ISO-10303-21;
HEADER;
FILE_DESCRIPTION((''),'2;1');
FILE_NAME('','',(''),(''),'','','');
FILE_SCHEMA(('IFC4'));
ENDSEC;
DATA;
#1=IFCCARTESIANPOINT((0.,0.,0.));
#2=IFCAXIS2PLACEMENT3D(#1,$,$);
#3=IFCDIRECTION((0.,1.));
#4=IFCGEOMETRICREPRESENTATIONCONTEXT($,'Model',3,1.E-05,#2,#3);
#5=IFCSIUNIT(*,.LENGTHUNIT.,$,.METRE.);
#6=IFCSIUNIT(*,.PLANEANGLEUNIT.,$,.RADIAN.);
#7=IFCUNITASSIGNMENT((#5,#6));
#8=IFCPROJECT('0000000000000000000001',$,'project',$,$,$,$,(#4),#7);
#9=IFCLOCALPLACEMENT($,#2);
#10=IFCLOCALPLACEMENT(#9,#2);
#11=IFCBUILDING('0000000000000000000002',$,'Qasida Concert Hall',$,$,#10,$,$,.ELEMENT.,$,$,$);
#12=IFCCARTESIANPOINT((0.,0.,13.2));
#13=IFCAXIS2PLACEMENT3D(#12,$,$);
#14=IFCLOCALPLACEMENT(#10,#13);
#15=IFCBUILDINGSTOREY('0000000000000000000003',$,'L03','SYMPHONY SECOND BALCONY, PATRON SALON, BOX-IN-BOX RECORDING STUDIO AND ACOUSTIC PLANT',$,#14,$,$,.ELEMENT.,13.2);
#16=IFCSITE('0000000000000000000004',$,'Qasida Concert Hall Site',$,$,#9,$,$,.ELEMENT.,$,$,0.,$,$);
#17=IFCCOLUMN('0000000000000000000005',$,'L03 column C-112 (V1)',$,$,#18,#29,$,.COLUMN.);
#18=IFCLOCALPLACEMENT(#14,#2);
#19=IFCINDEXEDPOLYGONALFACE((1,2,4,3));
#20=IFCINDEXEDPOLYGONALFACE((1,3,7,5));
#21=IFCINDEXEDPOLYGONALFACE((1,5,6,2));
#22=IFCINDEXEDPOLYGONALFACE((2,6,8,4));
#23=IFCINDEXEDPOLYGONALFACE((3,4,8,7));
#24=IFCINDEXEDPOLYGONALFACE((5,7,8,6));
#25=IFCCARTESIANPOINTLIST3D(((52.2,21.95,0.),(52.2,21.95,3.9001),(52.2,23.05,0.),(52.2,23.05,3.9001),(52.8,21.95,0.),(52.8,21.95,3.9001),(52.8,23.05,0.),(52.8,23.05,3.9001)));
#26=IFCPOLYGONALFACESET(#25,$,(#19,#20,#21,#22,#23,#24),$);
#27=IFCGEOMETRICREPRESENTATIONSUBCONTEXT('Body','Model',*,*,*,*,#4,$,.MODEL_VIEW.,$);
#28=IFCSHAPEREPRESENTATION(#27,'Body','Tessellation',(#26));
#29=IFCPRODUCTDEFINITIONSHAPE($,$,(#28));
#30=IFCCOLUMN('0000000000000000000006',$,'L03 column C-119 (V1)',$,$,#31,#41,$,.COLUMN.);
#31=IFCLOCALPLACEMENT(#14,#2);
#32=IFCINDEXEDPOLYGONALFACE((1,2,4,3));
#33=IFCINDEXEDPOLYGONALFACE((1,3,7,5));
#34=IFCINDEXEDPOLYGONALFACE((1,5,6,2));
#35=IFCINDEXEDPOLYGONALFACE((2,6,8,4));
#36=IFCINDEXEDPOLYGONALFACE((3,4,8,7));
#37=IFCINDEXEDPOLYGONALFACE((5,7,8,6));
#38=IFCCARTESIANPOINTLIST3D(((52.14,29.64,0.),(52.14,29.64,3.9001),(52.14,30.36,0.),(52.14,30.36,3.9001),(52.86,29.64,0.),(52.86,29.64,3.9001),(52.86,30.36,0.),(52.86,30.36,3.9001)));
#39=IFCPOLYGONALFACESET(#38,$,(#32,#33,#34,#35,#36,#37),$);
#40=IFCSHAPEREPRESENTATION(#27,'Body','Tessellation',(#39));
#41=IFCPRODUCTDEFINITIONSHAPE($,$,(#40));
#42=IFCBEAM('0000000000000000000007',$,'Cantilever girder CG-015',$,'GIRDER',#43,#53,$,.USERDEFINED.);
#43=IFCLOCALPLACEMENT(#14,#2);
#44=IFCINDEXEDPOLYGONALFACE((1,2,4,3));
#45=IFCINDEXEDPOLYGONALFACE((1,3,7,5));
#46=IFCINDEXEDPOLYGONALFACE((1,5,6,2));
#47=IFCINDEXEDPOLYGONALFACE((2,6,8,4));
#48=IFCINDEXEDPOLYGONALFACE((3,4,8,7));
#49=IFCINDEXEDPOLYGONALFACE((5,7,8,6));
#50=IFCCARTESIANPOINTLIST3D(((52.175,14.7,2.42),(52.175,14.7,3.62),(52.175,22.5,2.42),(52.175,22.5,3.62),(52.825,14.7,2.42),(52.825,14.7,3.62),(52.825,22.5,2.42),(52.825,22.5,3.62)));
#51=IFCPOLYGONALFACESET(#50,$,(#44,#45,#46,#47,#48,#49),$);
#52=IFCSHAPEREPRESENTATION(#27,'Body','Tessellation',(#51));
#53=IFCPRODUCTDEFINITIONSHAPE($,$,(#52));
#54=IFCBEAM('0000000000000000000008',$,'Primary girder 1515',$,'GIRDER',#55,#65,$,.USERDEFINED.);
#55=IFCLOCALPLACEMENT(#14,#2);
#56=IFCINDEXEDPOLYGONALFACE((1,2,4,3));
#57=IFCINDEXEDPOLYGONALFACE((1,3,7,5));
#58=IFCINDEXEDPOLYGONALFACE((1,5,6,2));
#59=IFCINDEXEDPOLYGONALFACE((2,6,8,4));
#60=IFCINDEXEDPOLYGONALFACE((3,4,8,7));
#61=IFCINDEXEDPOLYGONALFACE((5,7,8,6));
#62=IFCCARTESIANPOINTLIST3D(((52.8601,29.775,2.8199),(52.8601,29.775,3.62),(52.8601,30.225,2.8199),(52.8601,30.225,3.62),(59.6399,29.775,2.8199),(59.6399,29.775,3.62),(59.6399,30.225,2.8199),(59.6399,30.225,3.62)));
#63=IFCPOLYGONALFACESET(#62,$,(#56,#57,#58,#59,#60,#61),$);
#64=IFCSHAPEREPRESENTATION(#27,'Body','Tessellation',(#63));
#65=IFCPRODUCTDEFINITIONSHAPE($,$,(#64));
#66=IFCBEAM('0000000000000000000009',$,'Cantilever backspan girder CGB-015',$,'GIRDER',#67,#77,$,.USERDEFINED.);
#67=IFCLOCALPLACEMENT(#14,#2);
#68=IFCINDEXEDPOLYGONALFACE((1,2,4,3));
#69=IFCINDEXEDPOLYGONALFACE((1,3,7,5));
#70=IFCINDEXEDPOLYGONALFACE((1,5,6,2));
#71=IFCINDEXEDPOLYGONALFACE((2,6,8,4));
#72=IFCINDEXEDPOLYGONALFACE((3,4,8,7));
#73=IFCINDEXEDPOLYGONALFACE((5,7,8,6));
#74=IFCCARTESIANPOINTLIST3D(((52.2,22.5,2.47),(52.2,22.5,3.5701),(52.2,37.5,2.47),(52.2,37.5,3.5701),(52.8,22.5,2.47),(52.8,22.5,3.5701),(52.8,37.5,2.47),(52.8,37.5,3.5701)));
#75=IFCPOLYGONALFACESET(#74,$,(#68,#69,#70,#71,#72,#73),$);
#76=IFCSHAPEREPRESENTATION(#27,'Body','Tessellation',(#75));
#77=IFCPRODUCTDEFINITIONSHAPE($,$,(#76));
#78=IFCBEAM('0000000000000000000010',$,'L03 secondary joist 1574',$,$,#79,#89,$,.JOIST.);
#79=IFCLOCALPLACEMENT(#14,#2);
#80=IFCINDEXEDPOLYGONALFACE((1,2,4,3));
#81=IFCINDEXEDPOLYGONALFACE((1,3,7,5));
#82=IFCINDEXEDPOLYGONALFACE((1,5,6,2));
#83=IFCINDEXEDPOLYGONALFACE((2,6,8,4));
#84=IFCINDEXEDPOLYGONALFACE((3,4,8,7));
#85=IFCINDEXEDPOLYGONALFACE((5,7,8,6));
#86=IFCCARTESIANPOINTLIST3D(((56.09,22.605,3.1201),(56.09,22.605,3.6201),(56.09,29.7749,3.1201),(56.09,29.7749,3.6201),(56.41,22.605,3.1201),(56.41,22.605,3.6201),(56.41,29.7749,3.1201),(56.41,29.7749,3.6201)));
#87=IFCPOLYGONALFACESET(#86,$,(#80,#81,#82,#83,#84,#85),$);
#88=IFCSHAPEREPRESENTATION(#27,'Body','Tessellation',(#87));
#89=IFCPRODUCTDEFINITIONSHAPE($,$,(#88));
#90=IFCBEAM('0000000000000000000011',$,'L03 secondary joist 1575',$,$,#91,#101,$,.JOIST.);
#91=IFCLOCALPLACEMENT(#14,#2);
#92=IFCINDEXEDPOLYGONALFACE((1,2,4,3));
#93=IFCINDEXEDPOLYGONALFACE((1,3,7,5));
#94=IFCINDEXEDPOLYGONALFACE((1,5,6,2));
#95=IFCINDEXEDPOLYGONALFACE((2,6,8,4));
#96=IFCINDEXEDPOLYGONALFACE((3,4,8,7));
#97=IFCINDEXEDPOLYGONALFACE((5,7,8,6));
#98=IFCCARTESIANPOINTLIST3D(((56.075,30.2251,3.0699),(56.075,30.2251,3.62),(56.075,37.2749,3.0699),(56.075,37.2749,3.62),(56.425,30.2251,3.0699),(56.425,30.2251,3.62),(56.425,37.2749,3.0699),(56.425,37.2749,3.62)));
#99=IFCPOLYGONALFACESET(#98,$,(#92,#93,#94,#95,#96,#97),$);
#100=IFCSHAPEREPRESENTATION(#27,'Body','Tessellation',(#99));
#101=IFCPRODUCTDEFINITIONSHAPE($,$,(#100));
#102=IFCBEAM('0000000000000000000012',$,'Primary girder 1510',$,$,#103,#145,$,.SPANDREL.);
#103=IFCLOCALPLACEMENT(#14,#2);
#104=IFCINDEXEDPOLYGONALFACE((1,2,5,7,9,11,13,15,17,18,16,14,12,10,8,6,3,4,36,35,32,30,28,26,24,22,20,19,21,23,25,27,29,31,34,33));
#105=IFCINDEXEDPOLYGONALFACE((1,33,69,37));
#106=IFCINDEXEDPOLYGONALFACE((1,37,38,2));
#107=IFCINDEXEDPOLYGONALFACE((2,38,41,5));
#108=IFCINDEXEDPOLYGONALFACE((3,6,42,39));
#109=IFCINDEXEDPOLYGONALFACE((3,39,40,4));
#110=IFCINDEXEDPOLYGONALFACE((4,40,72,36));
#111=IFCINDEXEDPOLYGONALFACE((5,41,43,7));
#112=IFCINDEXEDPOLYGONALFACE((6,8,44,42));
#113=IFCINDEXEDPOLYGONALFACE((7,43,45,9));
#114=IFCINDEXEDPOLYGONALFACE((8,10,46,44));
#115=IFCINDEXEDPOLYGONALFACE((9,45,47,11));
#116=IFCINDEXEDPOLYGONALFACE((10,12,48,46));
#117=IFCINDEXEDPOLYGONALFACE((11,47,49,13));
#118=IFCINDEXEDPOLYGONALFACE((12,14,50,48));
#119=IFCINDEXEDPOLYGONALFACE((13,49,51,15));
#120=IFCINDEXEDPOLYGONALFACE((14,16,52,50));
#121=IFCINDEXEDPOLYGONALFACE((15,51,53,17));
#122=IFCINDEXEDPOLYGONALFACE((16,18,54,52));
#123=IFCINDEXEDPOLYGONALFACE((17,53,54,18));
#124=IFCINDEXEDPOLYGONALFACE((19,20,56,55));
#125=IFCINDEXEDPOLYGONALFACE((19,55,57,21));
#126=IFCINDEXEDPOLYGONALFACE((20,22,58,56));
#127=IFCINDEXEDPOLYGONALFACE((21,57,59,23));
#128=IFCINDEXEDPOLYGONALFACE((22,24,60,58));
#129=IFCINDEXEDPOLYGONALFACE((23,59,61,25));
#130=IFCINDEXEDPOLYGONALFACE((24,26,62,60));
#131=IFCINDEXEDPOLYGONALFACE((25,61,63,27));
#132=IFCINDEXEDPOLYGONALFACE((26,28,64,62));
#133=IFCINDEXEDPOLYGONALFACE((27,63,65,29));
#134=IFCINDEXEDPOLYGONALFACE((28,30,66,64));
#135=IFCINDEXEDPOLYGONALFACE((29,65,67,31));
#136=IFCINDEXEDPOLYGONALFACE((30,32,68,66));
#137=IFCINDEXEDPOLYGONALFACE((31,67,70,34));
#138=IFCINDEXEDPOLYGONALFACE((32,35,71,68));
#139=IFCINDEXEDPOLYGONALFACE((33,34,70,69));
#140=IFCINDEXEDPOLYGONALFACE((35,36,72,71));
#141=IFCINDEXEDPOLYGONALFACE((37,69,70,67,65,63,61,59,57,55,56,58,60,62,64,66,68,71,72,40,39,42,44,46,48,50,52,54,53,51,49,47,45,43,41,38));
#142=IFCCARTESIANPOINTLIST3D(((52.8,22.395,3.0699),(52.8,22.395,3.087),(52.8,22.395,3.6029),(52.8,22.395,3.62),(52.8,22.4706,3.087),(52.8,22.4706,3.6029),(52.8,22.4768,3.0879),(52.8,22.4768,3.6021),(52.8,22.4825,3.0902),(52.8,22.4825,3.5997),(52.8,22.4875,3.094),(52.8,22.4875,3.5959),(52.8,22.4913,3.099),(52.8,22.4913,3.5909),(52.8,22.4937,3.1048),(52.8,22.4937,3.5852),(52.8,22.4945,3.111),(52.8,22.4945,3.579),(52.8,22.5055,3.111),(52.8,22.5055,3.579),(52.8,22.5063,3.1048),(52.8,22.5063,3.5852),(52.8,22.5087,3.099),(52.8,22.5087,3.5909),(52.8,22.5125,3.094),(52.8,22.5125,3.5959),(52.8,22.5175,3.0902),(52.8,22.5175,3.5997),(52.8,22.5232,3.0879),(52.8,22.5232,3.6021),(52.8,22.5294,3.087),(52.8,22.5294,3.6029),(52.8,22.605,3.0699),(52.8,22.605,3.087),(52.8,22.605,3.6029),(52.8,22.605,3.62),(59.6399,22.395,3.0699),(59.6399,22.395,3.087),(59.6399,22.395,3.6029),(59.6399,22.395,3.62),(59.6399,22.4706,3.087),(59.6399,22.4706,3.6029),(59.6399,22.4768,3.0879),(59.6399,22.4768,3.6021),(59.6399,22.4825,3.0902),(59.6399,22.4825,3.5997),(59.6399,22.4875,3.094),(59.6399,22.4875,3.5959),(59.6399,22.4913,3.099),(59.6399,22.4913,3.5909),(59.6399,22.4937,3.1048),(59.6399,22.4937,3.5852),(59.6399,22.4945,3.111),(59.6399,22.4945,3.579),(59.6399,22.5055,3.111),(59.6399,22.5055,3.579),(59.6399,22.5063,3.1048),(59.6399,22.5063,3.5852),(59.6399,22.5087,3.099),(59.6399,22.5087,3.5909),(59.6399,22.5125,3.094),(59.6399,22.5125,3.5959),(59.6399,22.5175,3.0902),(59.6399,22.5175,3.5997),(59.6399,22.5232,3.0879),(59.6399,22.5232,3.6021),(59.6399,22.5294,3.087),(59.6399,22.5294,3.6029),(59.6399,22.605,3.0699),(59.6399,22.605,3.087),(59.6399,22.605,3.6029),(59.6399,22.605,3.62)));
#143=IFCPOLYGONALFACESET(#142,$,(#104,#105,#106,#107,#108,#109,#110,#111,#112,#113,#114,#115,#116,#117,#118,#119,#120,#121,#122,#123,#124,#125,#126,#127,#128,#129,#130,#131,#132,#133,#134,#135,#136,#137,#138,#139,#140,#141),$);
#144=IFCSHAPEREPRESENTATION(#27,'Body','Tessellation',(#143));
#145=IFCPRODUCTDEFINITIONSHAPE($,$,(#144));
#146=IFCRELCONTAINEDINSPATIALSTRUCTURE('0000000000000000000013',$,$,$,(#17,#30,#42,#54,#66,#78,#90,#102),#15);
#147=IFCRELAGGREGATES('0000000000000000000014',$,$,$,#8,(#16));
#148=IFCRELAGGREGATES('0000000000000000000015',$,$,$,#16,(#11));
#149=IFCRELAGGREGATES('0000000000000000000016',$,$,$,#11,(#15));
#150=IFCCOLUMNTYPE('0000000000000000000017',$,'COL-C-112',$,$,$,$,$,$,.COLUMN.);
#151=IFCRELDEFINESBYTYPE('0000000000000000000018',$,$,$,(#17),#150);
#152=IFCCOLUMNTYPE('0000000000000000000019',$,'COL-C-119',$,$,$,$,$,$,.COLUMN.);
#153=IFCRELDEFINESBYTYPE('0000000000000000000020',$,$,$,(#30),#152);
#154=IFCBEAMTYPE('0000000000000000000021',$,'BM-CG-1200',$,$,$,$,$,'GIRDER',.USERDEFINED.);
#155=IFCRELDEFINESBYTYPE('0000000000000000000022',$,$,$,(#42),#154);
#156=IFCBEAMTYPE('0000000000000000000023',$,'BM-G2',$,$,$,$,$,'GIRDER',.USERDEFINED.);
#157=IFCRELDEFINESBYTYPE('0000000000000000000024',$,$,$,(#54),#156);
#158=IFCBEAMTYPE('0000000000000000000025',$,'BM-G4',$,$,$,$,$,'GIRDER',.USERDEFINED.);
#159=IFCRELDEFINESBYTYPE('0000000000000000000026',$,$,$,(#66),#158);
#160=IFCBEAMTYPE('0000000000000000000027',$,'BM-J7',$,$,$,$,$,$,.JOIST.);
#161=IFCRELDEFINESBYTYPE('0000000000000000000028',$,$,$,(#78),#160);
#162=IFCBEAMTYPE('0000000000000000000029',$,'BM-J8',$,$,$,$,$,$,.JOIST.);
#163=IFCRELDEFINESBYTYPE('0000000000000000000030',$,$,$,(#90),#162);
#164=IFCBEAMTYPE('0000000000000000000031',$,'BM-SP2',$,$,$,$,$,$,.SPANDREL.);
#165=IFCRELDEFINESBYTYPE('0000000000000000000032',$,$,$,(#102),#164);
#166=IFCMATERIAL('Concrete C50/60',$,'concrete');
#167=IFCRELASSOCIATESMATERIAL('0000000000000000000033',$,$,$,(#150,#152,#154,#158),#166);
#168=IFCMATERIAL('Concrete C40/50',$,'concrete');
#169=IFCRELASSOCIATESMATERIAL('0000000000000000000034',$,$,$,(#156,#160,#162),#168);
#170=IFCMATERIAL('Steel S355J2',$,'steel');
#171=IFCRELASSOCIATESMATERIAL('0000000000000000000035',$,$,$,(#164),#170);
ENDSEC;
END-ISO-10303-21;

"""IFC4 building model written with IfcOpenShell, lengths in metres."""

from ifc_helpers import new_model, si_unit, direction, frame, origin, origin_2d, place, context, subcontext, project, spatial, rectangle, i_section, extrude, material, material_profile, profile_set, type_object, element, save


model = new_model("IFC4")

# Units and contexts
model_context = context("Model", 3, precision=1e-05, world=origin(), true_north=direction((0.0, 1.0)))
body_context = subcontext(model_context, "Body", "Model", "MODEL_VIEW")
ifc_project = project(units=[si_unit("LENGTHUNIT", "METRE"), si_unit("PLANEANGLEUNIT", "RADIAN")], contexts=[model_context])

# Site, building, storey
site_placement = place(None, origin())
site = spatial("IfcSite", under=ifc_project, at=site_placement, Name="Qasida Concert Hall Site", CompositionType="ELEMENT", RefElevation=0.0)
building_placement = place(site_placement, origin())
building = spatial("IfcBuilding", under=site, at=building_placement, Name="Qasida Concert Hall", CompositionType="ELEMENT")
storey_placement = place(building_placement, frame((0.0, 0.0, 13.2)))
storey = spatial("IfcBuildingStorey", under=building, at=storey_placement, Name="L03", Description="SYMPHONY SECOND BALCONY, PATRON SALON, BOX-IN-BOX RECORDING STUDIO AND ACOUSTIC PLANT", CompositionType="ELEMENT", Elevation=13.2)

# Columns
ifc_material_1 = material(Name="Concrete C50/60", Category="concrete")
ifc_material_profile_1 = material_profile(ifc_material_1, rectangle(XDim=0.6001, YDim=1.1001, at=origin_2d()), Name="RC 600x1100")
ifc_profile_set_1 = profile_set([ifc_material_profile_1], Name="Concrete C50/60")
column_type_1 = type_object("IfcColumnType", Name="COL-C-112", PredefinedType="COLUMN", material=ifc_profile_set_1)
column_1_placement = place(storey_placement, frame((52.5, 22.5, 0.0), z_axis=(0.0, 0.0, 1.0), x_axis=(1.0, 0.0, 0.0)))
element("IfcColumn", 1, at=column_1_placement, inside=storey, type_object=column_type_1, Name="L03 column C-112 (V1)", PredefinedType="COLUMN", context=body_context, shape_type="SweptSolid", body=[
    extrude(rectangle(XDim=0.6001, YDim=1.1001, at=origin_2d()), origin(), (0.0, 0.0, 1.0), 3.9001),
])
ifc_material_profile_2 = material_profile(ifc_material_1, rectangle(XDim=0.72, YDim=0.72, at=origin_2d()), Name="RC 720x720")
ifc_profile_set_2 = profile_set([ifc_material_profile_2], Name="Concrete C50/60")
column_type_2 = type_object("IfcColumnType", Name="COL-C-119", PredefinedType="COLUMN", material=ifc_profile_set_2)
column_2_placement = place(storey_placement, frame((52.5, 30.0, 0.0), z_axis=(0.0, 0.0, 1.0), x_axis=(1.0, 0.0, 0.0)))
element("IfcColumn", 2, at=column_2_placement, inside=storey, type_object=column_type_2, Name="L03 column C-119 (V1)", PredefinedType="COLUMN", context=body_context, shape_type="SweptSolid", body=[
    extrude(rectangle(XDim=0.72, YDim=0.72, at=origin_2d()), origin(), (0.0, 0.0, 1.0), 3.9001),
])

# Beams
ifc_material_profile_3 = material_profile(ifc_material_1, rectangle(XDim=0.6499, YDim=1.2, at=origin_2d()), Name="RC 650x1200")
ifc_profile_set_3 = profile_set([ifc_material_profile_3], Name="Concrete C50/60")
beam_type_1 = type_object("IfcBeamType", Name="BM-CG-1200", ElementType="GIRDER", PredefinedType="USERDEFINED", material=ifc_profile_set_3)
beam_1_placement = place(storey_placement, frame((52.5, 22.5, 3.02), z_axis=(0.0, -1.0, 0.0), x_axis=(1.0, 0.0, 0.0)))
element("IfcBeam", 3, at=beam_1_placement, inside=storey, type_object=beam_type_1, Name="Cantilever girder CG-015", ObjectType="GIRDER", PredefinedType="USERDEFINED", context=body_context, shape_type="SweptSolid", body=[
    extrude(rectangle(XDim=0.6499, YDim=1.2, at=origin_2d()), origin(), (0.0, 0.0, 1.0), 7.8),
])
ifc_material_2 = material(Name="Concrete C40/50", Category="concrete")
ifc_material_profile_4 = material_profile(ifc_material_2, rectangle(XDim=0.45, YDim=0.8, at=origin_2d()), Name="RC 450x800")
ifc_profile_set_4 = profile_set([ifc_material_profile_4], Name="Concrete C40/50")
beam_type_2 = type_object("IfcBeamType", Name="BM-G2", ElementType="GIRDER", PredefinedType="USERDEFINED", material=ifc_profile_set_4)
beam_2_placement = place(storey_placement, frame((52.8601, 30.0, 3.22), z_axis=(1.0, 0.0, 0.0), x_axis=(0.0, 1.0, 0.0)))
element("IfcBeam", 4, at=beam_2_placement, inside=storey, type_object=beam_type_2, Name="Primary girder 1515", ObjectType="GIRDER", PredefinedType="USERDEFINED", context=body_context, shape_type="SweptSolid", body=[
    extrude(rectangle(XDim=0.45, YDim=0.8, at=origin_2d()), origin(), (0.0, 0.0, 1.0), 6.7798),
])
ifc_material_profile_5 = material_profile(ifc_material_1, rectangle(XDim=0.6001, YDim=1.1001, at=origin_2d()), Name="RC 600x1100")
ifc_profile_set_5 = profile_set([ifc_material_profile_5], Name="Concrete C50/60")
beam_type_3 = type_object("IfcBeamType", Name="BM-G4", ElementType="GIRDER", PredefinedType="USERDEFINED", material=ifc_profile_set_5)
beam_3_placement = place(storey_placement, frame((52.5, 22.5, 3.02), z_axis=(0.0, 1.0, 0.0), x_axis=(-1.0, 0.0, 0.0)))
element("IfcBeam", 5, at=beam_3_placement, inside=storey, type_object=beam_type_3, Name="Cantilever backspan girder CGB-015", ObjectType="GIRDER", PredefinedType="USERDEFINED", context=body_context, shape_type="SweptSolid", body=[
    extrude(rectangle(XDim=0.6001, YDim=1.1001, at=origin_2d()), origin(), (0.0, 0.0, 1.0), 15.0),
])
ifc_material_profile_6 = material_profile(ifc_material_2, rectangle(XDim=0.3201, YDim=0.5, at=origin_2d()), Name="RC 320x500")
ifc_profile_set_6 = profile_set([ifc_material_profile_6], Name="Concrete C40/50")
beam_type_4 = type_object("IfcBeamType", Name="BM-J7", PredefinedType="JOIST", material=ifc_profile_set_6)
beam_4_placement = place(storey_placement, frame((56.25, 22.605, 3.3701), z_axis=(0.0, 1.0, 0.0), x_axis=(-1.0, 0.0, 0.0)))
element("IfcBeam", 6, at=beam_4_placement, inside=storey, type_object=beam_type_4, Name="L03 secondary joist 1574", PredefinedType="JOIST", context=body_context, shape_type="SweptSolid", body=[
    extrude(rectangle(XDim=0.3201, YDim=0.5, at=origin_2d()), origin(), (0.0, 0.0, 1.0), 7.1699),
])
ifc_material_profile_7 = material_profile(ifc_material_2, rectangle(XDim=0.3501, YDim=0.55, at=origin_2d()), Name="RC 350x550")
ifc_profile_set_7 = profile_set([ifc_material_profile_7], Name="Concrete C40/50")
beam_type_5 = type_object("IfcBeamType", Name="BM-J8", PredefinedType="JOIST", material=ifc_profile_set_7)
beam_5_placement = place(storey_placement, frame((56.25, 30.2251, 3.345), z_axis=(0.0, 1.0, 0.0), x_axis=(-1.0, 0.0, 0.0)))
element("IfcBeam", 7, at=beam_5_placement, inside=storey, type_object=beam_type_5, Name="L03 secondary joist 1575", PredefinedType="JOIST", context=body_context, shape_type="SweptSolid", body=[
    extrude(rectangle(XDim=0.3501, YDim=0.55, at=origin_2d()), origin(), (0.0, 0.0, 1.0), 7.0498),
])
ifc_material_3 = material(Name="Steel S355J2", Category="steel")
ifc_material_profile_8 = material_profile(ifc_material_3, i_section(OverallWidth=0.21, OverallDepth=0.55, WebThickness=0.011, FlangeThickness=0.0171, FilletRadius=0.0239, at=origin_2d()), Name="IPE 550")
ifc_profile_set_8 = profile_set([ifc_material_profile_8], Name="Steel S355J2")
beam_type_6 = type_object("IfcBeamType", Name="BM-SP2", PredefinedType="SPANDREL", material=ifc_profile_set_8)
beam_6_placement = place(storey_placement, frame((52.8, 22.5, 3.345), z_axis=(1.0, 0.0, 0.0), x_axis=(0.0, 1.0, 0.0)))
element("IfcBeam", 8, at=beam_6_placement, inside=storey, type_object=beam_type_6, Name="Primary girder 1510", PredefinedType="SPANDREL", context=body_context, shape_type="SweptSolid", body=[
    extrude(i_section(OverallWidth=0.21, OverallDepth=0.55, WebThickness=0.011, FlangeThickness=0.0171, FilletRadius=0.0239, at=origin_2d()), origin(), (0.0, 0.0, 1.0), 6.8398),
])

save(model, "model.ifc")
